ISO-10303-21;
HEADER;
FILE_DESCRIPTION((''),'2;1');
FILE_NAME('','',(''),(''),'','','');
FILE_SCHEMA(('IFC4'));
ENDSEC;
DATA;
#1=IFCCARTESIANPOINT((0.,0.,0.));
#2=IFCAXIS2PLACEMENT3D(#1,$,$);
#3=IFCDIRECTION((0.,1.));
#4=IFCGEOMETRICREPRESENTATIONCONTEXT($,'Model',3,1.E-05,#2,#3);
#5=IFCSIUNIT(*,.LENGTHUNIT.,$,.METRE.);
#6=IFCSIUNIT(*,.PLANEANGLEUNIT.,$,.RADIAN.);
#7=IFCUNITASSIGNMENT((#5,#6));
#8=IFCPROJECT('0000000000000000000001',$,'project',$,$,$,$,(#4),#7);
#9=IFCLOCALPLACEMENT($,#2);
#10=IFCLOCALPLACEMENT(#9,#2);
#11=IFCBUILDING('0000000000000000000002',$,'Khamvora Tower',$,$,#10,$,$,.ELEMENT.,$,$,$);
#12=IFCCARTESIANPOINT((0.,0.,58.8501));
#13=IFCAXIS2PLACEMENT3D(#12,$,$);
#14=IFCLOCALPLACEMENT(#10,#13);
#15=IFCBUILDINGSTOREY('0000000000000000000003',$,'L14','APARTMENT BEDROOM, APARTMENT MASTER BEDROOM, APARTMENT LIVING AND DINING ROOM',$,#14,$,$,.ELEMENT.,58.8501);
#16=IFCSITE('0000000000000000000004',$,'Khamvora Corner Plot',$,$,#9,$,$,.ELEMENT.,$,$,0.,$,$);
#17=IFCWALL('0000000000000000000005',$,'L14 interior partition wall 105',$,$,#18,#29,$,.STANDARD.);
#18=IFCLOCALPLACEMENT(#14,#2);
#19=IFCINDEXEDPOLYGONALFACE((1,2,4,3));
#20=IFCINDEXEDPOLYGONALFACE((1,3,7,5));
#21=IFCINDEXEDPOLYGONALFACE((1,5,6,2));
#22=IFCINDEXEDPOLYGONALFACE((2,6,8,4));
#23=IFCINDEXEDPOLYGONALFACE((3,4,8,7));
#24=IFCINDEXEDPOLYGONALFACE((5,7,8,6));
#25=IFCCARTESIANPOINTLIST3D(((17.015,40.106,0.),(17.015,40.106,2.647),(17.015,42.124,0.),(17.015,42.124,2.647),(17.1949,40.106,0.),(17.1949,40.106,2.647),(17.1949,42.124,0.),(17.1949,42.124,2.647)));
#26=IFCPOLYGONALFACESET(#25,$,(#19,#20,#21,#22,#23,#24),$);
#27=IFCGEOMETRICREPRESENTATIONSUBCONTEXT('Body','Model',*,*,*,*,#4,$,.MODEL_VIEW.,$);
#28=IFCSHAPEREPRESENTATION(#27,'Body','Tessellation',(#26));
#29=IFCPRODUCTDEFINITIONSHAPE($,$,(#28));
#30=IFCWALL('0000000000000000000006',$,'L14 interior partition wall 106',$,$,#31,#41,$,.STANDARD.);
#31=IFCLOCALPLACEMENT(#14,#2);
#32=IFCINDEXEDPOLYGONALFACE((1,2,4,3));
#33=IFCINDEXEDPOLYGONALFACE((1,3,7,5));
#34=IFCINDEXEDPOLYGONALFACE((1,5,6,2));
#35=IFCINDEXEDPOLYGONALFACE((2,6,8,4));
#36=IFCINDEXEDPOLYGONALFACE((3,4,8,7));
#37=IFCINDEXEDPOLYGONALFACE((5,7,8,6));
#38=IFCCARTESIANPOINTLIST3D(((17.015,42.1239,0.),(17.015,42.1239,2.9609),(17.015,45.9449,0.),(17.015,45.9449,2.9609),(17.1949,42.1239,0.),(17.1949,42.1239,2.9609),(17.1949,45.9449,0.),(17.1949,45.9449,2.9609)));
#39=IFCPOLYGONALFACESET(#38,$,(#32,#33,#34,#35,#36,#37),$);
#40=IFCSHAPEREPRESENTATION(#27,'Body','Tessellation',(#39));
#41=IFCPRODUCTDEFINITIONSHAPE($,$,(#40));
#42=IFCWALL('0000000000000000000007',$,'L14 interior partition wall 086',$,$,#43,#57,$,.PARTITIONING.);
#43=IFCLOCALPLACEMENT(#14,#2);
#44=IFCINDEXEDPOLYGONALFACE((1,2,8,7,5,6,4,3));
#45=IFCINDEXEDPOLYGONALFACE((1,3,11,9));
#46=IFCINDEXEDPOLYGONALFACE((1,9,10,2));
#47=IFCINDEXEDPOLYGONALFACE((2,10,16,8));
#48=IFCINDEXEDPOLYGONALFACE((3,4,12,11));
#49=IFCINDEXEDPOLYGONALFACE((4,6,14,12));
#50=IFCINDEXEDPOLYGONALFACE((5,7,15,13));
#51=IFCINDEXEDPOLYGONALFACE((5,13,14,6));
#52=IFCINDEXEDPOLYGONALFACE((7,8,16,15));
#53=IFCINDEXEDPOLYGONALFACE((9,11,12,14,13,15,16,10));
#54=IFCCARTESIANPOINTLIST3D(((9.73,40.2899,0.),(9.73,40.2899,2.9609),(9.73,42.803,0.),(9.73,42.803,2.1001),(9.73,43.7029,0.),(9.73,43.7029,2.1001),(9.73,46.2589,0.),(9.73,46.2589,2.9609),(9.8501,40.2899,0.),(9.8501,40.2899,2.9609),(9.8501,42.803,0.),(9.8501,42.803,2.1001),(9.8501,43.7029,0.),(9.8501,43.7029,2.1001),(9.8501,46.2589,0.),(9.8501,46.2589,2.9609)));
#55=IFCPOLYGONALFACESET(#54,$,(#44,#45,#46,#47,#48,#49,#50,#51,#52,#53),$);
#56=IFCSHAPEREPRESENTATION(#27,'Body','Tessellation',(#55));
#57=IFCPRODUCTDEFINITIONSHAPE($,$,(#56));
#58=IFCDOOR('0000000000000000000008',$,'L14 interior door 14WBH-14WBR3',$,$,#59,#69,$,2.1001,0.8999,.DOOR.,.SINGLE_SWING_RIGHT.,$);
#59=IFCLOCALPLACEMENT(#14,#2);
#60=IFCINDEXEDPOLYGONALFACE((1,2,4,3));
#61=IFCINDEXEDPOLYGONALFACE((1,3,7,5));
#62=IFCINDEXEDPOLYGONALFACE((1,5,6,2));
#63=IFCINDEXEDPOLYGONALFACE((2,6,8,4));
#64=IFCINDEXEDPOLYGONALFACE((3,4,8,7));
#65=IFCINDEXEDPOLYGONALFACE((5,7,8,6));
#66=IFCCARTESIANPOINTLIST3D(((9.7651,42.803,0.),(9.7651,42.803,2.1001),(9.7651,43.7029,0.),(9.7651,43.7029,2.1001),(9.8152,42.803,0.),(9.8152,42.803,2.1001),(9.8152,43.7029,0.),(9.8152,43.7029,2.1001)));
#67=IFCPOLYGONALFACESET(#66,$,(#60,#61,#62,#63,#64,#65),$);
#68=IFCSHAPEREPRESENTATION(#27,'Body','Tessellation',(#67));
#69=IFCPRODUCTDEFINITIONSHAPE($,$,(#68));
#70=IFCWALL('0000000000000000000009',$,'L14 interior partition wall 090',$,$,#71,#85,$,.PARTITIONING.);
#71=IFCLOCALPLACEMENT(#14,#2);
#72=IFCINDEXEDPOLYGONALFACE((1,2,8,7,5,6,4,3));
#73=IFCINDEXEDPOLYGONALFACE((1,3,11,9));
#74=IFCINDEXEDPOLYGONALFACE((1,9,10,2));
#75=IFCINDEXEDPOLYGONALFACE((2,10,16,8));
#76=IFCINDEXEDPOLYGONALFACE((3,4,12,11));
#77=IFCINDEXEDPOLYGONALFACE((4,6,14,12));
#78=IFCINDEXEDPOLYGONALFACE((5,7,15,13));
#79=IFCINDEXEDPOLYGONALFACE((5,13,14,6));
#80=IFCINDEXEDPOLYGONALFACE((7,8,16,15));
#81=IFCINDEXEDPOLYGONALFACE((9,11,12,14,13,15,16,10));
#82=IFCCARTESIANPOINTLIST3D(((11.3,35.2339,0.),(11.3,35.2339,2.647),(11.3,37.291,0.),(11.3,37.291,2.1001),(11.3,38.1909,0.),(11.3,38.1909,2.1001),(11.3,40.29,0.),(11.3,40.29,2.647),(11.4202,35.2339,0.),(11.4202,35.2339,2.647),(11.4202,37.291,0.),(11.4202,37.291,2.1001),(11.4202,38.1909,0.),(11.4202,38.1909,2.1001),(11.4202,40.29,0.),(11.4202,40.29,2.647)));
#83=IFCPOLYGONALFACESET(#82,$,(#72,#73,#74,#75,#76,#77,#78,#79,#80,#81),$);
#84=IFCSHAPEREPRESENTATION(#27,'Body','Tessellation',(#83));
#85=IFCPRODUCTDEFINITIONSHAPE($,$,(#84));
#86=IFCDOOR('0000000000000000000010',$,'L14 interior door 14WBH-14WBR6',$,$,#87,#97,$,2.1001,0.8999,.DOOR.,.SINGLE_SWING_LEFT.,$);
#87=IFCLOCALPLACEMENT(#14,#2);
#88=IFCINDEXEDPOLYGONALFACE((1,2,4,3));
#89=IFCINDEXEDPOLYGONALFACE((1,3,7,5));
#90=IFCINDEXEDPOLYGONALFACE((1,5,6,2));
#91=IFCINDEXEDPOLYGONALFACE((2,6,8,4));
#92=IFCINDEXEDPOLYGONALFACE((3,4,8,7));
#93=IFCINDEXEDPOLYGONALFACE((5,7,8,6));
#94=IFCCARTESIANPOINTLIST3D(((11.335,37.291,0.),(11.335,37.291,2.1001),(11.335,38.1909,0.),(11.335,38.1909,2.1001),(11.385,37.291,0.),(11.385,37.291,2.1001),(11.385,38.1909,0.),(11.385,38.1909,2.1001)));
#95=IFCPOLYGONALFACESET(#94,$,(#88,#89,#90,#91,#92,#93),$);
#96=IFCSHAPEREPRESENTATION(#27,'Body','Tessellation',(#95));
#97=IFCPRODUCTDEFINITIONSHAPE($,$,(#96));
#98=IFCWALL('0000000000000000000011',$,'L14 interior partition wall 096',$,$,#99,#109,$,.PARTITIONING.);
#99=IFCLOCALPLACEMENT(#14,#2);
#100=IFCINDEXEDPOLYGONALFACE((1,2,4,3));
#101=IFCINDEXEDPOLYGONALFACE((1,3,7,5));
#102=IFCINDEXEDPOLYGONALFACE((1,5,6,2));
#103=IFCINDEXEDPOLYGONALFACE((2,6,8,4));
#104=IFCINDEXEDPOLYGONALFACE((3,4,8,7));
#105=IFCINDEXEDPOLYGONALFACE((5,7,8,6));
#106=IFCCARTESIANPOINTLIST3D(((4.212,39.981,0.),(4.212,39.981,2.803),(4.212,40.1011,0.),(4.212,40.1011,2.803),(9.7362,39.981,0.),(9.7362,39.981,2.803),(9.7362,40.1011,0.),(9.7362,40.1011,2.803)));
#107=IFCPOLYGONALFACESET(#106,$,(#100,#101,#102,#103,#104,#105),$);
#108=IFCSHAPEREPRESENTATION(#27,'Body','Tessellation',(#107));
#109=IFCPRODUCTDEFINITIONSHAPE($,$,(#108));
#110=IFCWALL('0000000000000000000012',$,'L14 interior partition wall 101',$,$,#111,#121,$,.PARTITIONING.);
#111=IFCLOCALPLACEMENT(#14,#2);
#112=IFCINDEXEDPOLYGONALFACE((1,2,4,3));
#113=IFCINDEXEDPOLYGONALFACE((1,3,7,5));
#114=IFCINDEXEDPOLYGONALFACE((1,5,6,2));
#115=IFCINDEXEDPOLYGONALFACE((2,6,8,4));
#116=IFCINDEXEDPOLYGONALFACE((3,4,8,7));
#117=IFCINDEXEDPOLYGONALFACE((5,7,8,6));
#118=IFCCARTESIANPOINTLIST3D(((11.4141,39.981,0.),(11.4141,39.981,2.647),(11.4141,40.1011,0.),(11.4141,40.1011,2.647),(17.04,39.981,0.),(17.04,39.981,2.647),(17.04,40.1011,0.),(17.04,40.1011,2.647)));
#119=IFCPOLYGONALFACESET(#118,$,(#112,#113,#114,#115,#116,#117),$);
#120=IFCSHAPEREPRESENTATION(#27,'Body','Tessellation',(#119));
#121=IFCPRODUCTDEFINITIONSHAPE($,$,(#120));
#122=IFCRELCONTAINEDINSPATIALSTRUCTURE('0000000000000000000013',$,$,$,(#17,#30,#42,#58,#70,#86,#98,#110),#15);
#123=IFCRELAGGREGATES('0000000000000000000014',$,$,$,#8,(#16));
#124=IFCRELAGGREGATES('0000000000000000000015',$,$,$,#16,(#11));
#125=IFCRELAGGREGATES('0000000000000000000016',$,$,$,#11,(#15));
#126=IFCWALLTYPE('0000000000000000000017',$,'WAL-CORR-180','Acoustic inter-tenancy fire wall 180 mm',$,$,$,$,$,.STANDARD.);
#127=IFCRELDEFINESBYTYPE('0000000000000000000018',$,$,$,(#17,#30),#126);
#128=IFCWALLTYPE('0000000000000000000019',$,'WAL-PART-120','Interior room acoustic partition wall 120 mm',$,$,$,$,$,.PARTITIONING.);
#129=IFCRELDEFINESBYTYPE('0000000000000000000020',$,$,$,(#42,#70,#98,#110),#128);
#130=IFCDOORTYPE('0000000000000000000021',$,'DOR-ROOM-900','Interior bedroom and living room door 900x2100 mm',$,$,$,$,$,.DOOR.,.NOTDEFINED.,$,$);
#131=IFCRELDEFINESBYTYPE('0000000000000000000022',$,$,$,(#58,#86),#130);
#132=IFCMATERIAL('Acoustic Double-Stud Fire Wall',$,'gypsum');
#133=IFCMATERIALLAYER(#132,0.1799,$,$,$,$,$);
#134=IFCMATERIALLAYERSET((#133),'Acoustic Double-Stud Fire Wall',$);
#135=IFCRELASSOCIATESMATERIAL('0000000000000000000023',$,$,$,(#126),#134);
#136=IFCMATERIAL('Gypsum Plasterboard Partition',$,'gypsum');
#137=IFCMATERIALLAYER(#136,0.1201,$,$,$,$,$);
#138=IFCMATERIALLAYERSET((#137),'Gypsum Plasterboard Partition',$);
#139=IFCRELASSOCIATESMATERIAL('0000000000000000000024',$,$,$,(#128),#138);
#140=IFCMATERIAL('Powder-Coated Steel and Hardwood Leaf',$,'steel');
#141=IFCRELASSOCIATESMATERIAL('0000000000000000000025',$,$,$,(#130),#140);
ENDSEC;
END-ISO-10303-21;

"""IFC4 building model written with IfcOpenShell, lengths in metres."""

from ifc_helpers import new_model, si_unit, direction, frame, frame_2d, origin, place, context, subcontext, project, spatial, rectangle, extrude, material, layer, layer_set, type_object, element, fill, save


model = new_model("IFC4")

# Units and contexts
model_context = context("Model", 3, precision=1e-05, world=origin(), true_north=direction((0.0, 1.0)))
body_context = subcontext(model_context, "Body", "Model", "MODEL_VIEW")
ifc_project = project(units=[si_unit("LENGTHUNIT", "METRE"), si_unit("PLANEANGLEUNIT", "RADIAN")], contexts=[model_context])

# Site, building, storey
site_placement = place(None, origin())
site = spatial("IfcSite", under=ifc_project, at=site_placement, Name="Khamvora Corner Plot", CompositionType="ELEMENT", RefElevation=0.0)
building_placement = place(site_placement, origin())
building = spatial("IfcBuilding", under=site, at=building_placement, Name="Khamvora Tower", CompositionType="ELEMENT")
storey_placement = place(building_placement, frame((0.0, 0.0, 58.8501)))
storey = spatial("IfcBuildingStorey", under=building, at=storey_placement, Name="L14", Description="APARTMENT BEDROOM, APARTMENT MASTER BEDROOM, APARTMENT LIVING AND DINING ROOM", CompositionType="ELEMENT", Elevation=58.8501)

# Walls
ifc_material_1 = material(Name="Acoustic Double-Stud Fire Wall", Category="gypsum")
ifc_layer_1 = layer(ifc_material_1, 0.1799)
ifc_layer_set_1 = layer_set([ifc_layer_1], Name="Acoustic Double-Stud Fire Wall")
wall_type_1 = type_object("IfcWallType", Name="WAL-CORR-180", Description="Acoustic inter-tenancy fire wall 180 mm", PredefinedType="STANDARD", material=ifc_layer_set_1)
wall_1_placement = place(storey_placement, frame((17.105, 42.124, 0.0), z_axis=(0.0, 0.0, 1.0), x_axis=(0.0, -1.0, 0.0)))
element("IfcWall", 1, at=wall_1_placement, inside=storey, type_object=wall_type_1, Name="L14 interior partition wall 105", PredefinedType="STANDARD", context=body_context, shape_type="SweptSolid", body=[
    extrude(rectangle(XDim=2.0181, YDim=0.1799, at=frame_2d((1.009, 0.0))), origin(), (0.0, 0.0, 1.0), 2.647),
])
wall_2_placement = place(storey_placement, frame((17.105, 45.9451, 0.0), z_axis=(0.0, 0.0, 1.0), x_axis=(0.0, -1.0, 0.0)))
element("IfcWall", 2, at=wall_2_placement, inside=storey, type_object=wall_type_1, Name="L14 interior partition wall 106", PredefinedType="STANDARD", context=body_context, shape_type="SweptSolid", body=[
    extrude(rectangle(XDim=3.821, YDim=0.1799, at=frame_2d((1.9106, 0.0))), origin(), (0.0, 0.0, 1.0), 2.9609),
])

# Walls, openings, doors
ifc_material_2 = material(Name="Gypsum Plasterboard Partition", Category="gypsum")
ifc_layer_2 = layer(ifc_material_2, 0.1201)
ifc_layer_set_2 = layer_set([ifc_layer_2], Name="Gypsum Plasterboard Partition")
wall_type_2 = type_object("IfcWallType", Name="WAL-PART-120", Description="Interior room acoustic partition wall 120 mm", PredefinedType="PARTITIONING", material=ifc_layer_set_2)
wall_3_placement = place(storey_placement, frame((9.79, 40.29, 0.0), z_axis=(0.0, 0.0, 1.0), x_axis=(0.0, 1.0, 0.0)))
wall_3 = element("IfcWall", 3, at=wall_3_placement, inside=storey, type_object=wall_type_2, Name="L14 interior partition wall 086", PredefinedType="PARTITIONING", context=body_context, shape_type="SweptSolid", body=[
    extrude(rectangle(XDim=5.969, YDim=0.1201, at=frame_2d((2.9844, 0.0))), origin(), (0.0, 0.0, 1.0), 2.9609),
])
opening_1_placement = place(wall_3_placement, frame((2.5129, 0.0, 0.0)))
opening_1 = element("IfcOpeningElement", 4, at=opening_1_placement, cuts=wall_3, PredefinedType="OPENING", context=body_context, shape_type="SweptSolid", body=[
    extrude(rectangle(XDim=0.8999, YDim=2.1001, at=frame_2d((0.45, 1.05))), frame((0.0, 0.0701, 0.0), z_axis=(0.0, -1.0, 0.0), x_axis=(1.0, 0.0, 0.0)), (0.0, 0.0, 1.0), 0.1401),
])
ifc_material_3 = material(Name="Powder-Coated Steel and Hardwood Leaf", Category="steel")
door_type = type_object("IfcDoorType", Name="DOR-ROOM-900", Description="Interior bedroom and living room door 900x2100 mm", OperationType="NOTDEFINED", PredefinedType="DOOR", material=ifc_material_3)
door_1_placement = place(opening_1_placement, origin())
door_1 = element("IfcDoor", 5, at=door_1_placement, inside=storey, type_object=door_type, Name="L14 interior door 14WBH-14WBR3", OperationType="SINGLE_SWING_RIGHT", OverallHeight=2.1001, OverallWidth=0.8999, PredefinedType="DOOR", context=body_context, shape_type="SweptSolid", body=[
    extrude(rectangle(XDim=0.8999, YDim=2.1001, at=frame_2d((0.45, 1.05))), frame((0.0, 0.0249, 0.0), z_axis=(0.0, -1.0, 0.0), x_axis=(1.0, 0.0, 0.0)), (0.0, 0.0, 1.0), 0.05),
])
fill(opening_1, door_1)
wall_4_placement = place(storey_placement, frame((11.3601, 40.29, 0.0), z_axis=(0.0, 0.0, 1.0), x_axis=(0.0, -1.0, 0.0)))
wall_4 = element("IfcWall", 6, at=wall_4_placement, inside=storey, type_object=wall_type_2, Name="L14 interior partition wall 090", PredefinedType="PARTITIONING", context=body_context, shape_type="SweptSolid", body=[
    extrude(rectangle(XDim=5.0562, YDim=0.1201, at=frame_2d((2.5281, 0.0))), origin(), (0.0, 0.0, 1.0), 2.647),
])
opening_2_placement = place(wall_4_placement, frame((2.0991, 0.0, 0.0)))
opening_2 = element("IfcOpeningElement", 7, at=opening_2_placement, cuts=wall_4, PredefinedType="OPENING", context=body_context, shape_type="SweptSolid", body=[
    extrude(rectangle(XDim=0.8999, YDim=2.1001, at=frame_2d((0.45, 1.05))), frame((0.0, 0.0701, 0.0), z_axis=(0.0, -1.0, 0.0), x_axis=(1.0, 0.0, 0.0)), (0.0, 0.0, 1.0), 0.1401),
])
door_2_placement = place(opening_2_placement, origin())
door_2 = element("IfcDoor", 8, at=door_2_placement, inside=storey, type_object=door_type, Name="L14 interior door 14WBH-14WBR6", OperationType="SINGLE_SWING_LEFT", OverallHeight=2.1001, OverallWidth=0.8999, PredefinedType="DOOR", context=body_context, shape_type="SweptSolid", body=[
    extrude(rectangle(XDim=0.8999, YDim=2.1001, at=frame_2d((0.45, 1.05))), frame((0.0, 0.0249, 0.0), z_axis=(0.0, -1.0, 0.0), x_axis=(1.0, 0.0, 0.0)), (0.0, 0.0, 1.0), 0.05),
])
fill(opening_2, door_2)

# Walls
wall_5_placement = place(storey_placement, frame((4.2119, 40.041, 0.0), z_axis=(0.0, 0.0, 1.0), x_axis=(1.0, 0.0, 0.0)))
element("IfcWall", 9, at=wall_5_placement, inside=storey, type_object=wall_type_2, Name="L14 interior partition wall 096", PredefinedType="PARTITIONING", context=body_context, shape_type="SweptSolid", body=[
    extrude(rectangle(XDim=5.5242, YDim=0.1201, at=frame_2d((2.7622, 0.0))), origin(), (0.0, 0.0, 1.0), 2.803),
])
wall_6_placement = place(storey_placement, frame((11.4141, 40.041, 0.0), z_axis=(0.0, 0.0, 1.0), x_axis=(1.0, 0.0, 0.0)))
element("IfcWall", 10, at=wall_6_placement, inside=storey, type_object=wall_type_2, Name="L14 interior partition wall 101", PredefinedType="PARTITIONING", context=body_context, shape_type="SweptSolid", body=[
    extrude(rectangle(XDim=5.626, YDim=0.1201, at=frame_2d((2.813, 0.0))), origin(), (0.0, 0.0, 1.0), 2.647),
])

save(model, "model.ifc")
